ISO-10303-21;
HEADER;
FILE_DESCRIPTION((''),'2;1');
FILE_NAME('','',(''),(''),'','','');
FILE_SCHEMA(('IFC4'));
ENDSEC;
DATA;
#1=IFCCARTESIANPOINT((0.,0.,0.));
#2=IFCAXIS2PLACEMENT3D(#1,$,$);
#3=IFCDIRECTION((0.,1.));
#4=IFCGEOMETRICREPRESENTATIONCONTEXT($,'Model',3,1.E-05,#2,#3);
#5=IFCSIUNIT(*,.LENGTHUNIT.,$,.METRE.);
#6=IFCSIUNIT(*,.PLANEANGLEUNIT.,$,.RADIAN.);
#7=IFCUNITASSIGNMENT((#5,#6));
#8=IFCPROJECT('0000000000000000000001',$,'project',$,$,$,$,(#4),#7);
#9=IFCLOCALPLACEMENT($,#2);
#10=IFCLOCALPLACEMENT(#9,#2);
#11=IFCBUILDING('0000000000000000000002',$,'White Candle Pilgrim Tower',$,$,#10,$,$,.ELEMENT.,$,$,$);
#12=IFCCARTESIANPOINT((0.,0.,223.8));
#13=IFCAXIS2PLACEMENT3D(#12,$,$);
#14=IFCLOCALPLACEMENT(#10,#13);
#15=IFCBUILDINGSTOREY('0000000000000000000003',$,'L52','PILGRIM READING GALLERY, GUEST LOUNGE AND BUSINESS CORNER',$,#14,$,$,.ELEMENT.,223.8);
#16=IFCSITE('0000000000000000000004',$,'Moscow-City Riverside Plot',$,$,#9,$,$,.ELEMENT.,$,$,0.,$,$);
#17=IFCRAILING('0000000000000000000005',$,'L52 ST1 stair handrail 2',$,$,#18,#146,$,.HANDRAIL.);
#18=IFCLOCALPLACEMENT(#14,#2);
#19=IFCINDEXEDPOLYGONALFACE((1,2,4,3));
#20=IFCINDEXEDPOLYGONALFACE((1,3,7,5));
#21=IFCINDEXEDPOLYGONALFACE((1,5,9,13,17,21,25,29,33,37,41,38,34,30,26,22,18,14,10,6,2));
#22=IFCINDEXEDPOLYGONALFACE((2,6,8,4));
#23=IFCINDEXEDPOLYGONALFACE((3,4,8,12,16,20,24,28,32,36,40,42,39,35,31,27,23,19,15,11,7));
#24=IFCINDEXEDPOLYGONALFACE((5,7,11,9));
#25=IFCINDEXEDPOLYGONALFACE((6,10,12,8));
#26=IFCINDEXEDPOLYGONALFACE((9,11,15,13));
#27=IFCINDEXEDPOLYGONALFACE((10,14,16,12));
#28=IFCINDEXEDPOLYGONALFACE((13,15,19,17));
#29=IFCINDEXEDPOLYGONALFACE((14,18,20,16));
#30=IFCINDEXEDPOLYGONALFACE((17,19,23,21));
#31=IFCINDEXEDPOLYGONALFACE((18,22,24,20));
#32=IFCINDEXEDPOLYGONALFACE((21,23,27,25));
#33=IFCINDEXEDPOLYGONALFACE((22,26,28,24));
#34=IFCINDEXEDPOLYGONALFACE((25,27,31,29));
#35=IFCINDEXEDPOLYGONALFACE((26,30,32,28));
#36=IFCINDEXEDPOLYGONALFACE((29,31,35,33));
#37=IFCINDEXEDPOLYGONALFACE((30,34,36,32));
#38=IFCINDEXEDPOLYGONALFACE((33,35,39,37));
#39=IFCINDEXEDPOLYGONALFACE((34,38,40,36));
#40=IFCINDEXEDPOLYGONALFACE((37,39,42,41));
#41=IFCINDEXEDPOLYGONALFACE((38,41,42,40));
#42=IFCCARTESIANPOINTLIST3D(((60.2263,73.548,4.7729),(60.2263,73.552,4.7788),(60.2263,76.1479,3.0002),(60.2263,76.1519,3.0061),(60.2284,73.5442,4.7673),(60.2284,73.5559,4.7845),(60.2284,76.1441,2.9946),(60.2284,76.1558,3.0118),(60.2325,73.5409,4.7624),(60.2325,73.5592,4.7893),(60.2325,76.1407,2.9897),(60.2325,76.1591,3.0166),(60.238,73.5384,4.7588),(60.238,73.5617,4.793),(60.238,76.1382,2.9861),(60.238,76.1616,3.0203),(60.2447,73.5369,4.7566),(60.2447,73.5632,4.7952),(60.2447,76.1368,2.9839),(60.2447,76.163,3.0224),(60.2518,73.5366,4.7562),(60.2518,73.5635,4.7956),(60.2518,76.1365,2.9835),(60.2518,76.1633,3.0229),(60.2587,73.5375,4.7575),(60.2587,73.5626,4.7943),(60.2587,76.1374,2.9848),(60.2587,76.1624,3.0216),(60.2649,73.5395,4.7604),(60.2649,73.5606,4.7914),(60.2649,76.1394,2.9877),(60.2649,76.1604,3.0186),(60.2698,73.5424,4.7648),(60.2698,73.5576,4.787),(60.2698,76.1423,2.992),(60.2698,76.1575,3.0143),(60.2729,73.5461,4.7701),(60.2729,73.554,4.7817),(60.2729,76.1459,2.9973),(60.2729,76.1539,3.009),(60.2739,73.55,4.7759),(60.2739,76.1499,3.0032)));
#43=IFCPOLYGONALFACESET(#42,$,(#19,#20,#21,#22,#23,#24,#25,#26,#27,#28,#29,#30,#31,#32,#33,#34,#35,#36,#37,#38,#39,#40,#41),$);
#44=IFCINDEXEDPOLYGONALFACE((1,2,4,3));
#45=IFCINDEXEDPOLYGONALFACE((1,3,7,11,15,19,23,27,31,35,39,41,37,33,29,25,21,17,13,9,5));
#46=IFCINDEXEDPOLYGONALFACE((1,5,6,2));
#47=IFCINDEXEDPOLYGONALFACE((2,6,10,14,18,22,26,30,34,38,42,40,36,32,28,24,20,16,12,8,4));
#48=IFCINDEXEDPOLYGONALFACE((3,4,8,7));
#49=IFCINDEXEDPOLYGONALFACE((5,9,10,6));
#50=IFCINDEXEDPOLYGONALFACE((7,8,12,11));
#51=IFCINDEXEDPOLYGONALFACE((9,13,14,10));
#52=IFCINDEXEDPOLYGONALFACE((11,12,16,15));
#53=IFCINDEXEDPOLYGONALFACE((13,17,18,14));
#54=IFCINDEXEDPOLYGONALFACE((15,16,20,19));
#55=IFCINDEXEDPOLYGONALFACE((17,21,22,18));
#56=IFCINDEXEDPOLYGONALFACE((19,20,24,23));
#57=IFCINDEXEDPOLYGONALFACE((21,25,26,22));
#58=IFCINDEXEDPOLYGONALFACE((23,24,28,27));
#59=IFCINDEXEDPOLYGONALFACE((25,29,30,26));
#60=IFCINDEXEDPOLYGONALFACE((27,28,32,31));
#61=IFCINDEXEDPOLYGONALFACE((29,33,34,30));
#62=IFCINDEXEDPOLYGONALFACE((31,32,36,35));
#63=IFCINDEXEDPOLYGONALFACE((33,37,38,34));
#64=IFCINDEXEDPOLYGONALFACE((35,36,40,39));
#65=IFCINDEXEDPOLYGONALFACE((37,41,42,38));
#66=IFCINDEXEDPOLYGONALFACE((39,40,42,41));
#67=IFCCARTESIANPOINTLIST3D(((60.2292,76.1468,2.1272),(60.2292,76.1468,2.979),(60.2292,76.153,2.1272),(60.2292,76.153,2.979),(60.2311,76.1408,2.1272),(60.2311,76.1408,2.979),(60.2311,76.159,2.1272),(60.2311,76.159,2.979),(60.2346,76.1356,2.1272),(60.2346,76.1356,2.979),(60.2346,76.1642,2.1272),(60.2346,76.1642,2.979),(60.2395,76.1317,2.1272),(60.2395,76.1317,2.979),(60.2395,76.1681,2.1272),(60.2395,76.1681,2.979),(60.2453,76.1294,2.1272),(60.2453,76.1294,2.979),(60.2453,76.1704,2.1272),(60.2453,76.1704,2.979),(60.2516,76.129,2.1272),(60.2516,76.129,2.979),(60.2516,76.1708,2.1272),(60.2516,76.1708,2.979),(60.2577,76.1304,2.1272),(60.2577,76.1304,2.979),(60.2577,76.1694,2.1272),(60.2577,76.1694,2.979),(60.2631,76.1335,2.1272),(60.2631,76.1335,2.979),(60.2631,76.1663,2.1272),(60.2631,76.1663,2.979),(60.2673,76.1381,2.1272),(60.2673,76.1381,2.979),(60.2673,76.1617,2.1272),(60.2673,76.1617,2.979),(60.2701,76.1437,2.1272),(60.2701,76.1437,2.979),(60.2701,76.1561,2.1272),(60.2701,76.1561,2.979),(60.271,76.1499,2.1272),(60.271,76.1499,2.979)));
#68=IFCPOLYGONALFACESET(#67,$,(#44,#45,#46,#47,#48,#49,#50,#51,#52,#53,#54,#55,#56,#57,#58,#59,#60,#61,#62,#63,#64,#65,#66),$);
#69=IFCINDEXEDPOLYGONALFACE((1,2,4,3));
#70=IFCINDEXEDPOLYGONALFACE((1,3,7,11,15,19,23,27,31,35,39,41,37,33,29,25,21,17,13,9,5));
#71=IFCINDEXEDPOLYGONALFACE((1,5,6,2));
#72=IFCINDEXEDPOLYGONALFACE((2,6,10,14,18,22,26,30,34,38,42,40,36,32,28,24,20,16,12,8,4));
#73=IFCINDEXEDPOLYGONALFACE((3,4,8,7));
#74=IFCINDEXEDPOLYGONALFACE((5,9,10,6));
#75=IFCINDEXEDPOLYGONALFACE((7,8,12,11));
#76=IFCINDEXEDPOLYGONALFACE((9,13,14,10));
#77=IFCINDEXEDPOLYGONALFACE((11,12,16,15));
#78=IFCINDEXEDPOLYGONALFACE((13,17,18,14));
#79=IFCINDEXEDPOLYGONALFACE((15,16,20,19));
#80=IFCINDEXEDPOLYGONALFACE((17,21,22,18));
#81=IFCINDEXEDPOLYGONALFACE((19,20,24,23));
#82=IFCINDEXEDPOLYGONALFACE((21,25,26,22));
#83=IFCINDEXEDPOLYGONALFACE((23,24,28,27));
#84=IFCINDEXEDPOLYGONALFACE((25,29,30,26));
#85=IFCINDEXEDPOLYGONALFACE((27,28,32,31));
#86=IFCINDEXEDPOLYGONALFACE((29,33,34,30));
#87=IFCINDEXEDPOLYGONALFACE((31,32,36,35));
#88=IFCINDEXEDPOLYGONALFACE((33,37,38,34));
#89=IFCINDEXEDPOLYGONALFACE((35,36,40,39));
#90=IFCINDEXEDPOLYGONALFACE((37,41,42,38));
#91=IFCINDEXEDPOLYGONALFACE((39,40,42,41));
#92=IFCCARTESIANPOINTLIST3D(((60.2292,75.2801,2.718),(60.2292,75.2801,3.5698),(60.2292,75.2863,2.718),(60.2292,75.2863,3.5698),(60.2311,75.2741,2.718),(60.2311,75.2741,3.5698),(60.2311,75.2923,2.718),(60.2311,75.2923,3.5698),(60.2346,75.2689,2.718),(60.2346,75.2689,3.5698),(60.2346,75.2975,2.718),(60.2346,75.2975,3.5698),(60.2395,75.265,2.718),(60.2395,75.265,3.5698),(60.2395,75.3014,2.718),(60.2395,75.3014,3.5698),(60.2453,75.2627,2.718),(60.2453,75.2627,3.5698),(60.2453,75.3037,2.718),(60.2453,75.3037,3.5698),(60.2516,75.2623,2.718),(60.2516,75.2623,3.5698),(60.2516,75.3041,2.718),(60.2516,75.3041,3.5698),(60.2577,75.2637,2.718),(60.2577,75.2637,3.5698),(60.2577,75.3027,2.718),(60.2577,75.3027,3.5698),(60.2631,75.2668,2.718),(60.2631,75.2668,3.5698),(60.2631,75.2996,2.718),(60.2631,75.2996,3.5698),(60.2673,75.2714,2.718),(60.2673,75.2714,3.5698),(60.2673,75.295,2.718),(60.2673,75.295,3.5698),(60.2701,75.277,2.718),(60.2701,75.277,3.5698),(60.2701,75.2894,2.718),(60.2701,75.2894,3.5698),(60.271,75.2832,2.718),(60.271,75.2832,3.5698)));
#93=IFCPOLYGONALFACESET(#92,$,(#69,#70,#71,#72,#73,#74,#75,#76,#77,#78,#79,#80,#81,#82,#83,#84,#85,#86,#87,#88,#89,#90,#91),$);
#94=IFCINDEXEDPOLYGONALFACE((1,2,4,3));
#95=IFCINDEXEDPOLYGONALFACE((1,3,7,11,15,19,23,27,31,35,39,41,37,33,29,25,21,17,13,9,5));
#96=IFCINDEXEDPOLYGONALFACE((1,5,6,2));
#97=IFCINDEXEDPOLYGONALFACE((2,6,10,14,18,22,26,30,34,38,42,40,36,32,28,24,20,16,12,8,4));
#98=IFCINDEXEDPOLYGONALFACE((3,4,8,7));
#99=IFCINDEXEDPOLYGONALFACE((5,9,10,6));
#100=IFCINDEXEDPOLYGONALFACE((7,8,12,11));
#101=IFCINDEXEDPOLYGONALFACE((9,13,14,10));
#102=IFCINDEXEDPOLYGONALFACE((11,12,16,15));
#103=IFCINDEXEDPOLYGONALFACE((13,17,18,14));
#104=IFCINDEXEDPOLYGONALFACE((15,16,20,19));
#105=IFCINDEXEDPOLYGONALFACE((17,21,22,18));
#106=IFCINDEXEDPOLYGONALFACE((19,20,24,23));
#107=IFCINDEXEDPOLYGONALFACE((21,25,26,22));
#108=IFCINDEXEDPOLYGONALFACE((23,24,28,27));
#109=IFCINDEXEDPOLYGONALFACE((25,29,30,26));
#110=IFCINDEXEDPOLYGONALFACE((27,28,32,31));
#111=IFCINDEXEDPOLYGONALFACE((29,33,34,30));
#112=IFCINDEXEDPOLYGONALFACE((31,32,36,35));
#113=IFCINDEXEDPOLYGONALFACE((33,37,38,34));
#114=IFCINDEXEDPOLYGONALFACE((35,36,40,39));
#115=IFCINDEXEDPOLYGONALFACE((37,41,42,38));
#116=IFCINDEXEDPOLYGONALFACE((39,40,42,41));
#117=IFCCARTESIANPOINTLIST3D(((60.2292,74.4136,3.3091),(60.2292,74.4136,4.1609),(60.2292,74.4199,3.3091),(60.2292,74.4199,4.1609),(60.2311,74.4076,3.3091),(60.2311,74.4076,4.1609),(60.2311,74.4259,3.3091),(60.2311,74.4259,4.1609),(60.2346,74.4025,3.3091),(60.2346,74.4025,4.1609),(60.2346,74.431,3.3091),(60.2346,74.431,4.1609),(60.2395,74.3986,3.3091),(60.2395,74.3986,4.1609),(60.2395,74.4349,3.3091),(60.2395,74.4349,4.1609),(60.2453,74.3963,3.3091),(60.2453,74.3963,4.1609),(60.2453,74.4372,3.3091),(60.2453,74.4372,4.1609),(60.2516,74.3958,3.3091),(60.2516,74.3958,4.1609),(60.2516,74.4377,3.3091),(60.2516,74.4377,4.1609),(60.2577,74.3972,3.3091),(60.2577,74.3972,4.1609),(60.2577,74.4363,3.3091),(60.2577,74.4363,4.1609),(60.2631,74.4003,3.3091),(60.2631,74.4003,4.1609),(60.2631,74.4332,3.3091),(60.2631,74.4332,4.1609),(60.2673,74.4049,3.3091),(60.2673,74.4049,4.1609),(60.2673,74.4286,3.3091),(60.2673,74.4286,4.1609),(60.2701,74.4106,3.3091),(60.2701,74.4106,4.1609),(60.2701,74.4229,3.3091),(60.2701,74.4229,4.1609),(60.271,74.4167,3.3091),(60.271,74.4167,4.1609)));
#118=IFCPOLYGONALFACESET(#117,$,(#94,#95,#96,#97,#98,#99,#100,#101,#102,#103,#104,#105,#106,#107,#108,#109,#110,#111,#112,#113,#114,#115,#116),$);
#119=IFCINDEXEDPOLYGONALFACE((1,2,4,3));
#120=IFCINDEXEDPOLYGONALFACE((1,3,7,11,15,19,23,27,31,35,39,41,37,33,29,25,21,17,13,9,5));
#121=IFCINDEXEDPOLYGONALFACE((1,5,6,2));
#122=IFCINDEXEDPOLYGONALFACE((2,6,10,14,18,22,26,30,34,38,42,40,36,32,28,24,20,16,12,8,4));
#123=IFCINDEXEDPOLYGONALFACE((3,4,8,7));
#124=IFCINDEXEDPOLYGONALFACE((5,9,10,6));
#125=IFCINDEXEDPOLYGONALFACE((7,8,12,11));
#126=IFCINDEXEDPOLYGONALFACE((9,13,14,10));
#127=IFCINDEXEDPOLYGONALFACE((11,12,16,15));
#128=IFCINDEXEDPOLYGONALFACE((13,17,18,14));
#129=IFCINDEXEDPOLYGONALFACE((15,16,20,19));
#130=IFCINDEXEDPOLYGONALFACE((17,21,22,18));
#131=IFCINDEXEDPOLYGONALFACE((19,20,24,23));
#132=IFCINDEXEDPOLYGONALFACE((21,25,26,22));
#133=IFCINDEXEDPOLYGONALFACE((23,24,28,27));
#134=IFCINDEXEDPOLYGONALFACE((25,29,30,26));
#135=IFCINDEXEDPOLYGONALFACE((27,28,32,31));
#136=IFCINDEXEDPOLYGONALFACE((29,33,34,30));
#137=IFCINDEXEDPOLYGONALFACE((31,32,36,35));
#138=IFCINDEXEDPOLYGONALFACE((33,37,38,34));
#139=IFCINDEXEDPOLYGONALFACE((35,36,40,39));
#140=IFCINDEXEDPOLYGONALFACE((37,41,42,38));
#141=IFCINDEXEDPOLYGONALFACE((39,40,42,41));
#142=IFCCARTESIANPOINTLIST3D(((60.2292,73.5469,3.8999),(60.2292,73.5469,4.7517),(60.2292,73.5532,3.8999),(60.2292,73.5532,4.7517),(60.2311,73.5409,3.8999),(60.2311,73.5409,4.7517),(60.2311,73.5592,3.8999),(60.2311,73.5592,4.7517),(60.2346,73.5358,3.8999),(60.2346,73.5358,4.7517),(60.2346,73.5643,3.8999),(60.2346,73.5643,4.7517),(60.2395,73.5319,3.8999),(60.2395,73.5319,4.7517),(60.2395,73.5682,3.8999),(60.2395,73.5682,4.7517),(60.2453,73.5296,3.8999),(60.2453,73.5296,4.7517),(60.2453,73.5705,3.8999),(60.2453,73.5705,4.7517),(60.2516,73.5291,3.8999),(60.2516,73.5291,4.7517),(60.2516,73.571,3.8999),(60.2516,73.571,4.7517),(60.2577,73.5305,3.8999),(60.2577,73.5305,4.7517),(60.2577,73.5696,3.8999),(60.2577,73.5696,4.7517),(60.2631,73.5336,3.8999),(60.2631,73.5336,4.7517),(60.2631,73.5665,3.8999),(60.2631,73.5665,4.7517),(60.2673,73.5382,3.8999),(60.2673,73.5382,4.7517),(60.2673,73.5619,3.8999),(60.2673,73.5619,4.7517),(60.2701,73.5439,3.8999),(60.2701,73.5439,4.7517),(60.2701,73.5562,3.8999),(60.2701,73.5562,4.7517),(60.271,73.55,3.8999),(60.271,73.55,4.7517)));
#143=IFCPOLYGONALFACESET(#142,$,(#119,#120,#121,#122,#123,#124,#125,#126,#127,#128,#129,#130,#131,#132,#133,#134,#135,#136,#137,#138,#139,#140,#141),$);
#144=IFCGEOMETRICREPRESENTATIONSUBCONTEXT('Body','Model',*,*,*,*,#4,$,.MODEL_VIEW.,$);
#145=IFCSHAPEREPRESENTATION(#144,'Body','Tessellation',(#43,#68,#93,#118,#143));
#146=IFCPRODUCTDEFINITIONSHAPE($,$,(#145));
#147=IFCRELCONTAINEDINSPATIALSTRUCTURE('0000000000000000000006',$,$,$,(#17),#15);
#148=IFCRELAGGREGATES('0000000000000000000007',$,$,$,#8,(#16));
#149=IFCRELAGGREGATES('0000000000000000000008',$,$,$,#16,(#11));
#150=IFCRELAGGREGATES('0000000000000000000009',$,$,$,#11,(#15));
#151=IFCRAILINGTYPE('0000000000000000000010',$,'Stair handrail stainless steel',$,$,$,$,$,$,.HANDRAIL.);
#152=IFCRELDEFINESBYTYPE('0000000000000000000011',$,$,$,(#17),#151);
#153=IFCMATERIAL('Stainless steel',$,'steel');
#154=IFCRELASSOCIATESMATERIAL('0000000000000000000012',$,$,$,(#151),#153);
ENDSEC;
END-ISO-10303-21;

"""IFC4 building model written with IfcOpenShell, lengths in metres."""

from ifc_helpers import new_model, si_unit, direction, frame, origin, origin_2d, place, context, subcontext, project, spatial, circle, extrude, material, type_object, element, save


model = new_model("IFC4")

# Units and contexts
model_context = context("Model", 3, precision=1e-05, world=origin(), true_north=direction((0.0, 1.0)))
body_context = subcontext(model_context, "Body", "Model", "MODEL_VIEW")
ifc_project = project(units=[si_unit("LENGTHUNIT", "METRE"), si_unit("PLANEANGLEUNIT", "RADIAN")], contexts=[model_context])

# Site, building, storey
site_placement = place(None, origin())
site = spatial("IfcSite", under=ifc_project, at=site_placement, Name="Moscow-City Riverside Plot", CompositionType="ELEMENT", RefElevation=0.0)
building_placement = place(site_placement, origin())
building = spatial("IfcBuilding", under=site, at=building_placement, Name="White Candle Pilgrim Tower", CompositionType="ELEMENT")
storey_placement = place(building_placement, frame((0.0, 0.0, 223.8)))
storey = spatial("IfcBuildingStorey", under=building, at=storey_placement, Name="L52", Description="PILGRIM READING GALLERY, GUEST LOUNGE AND BUSINESS CORNER", CompositionType="ELEMENT", Elevation=223.8)

# Shared definitions
ifc_material_1 = material(Name="Stainless steel", Category="steel")

# Railing
railing_type_1 = type_object("IfcRailingType", Name="Stair handrail stainless steel", PredefinedType="HANDRAIL", material=ifc_material_1)
railing_1_placement = place(storey_placement, frame((60.25, 76.1499, 2.1272)))
element("IfcRailing", 1, at=railing_1_placement, inside=storey, type_object=railing_type_1, Name="L52 ST1 stair handrail 2", PredefinedType="HANDRAIL", context=body_context, shape_type="SweptSolid", body=[
    extrude(circle(Radius=0.0239, at=origin_2d()), frame((0.0, 0.0, 0.876), z_axis=(0.0, -0.826216, 0.563354), x_axis=(1.0, 0.0, 0.0)), (0.0, 0.0, 1.0), 3.1467),
    extrude(circle(Radius=0.021, at=origin_2d()), origin(), (0.0, 0.0, 1.0), 0.8518),
    extrude(circle(Radius=0.021, at=origin_2d()), frame((0.0, -0.8667, 0.5908)), (0.0, 0.0, 1.0), 0.8518),
    extrude(circle(Radius=0.021, at=origin_2d()), frame((0.0, -1.7332, 1.1819)), (0.0, 0.0, 1.0), 0.8518),
    extrude(circle(Radius=0.021, at=origin_2d()), frame((0.0, -2.5999, 1.7727)), (0.0, 0.0, 1.0), 0.8518),
])

save(model, "model.ifc")
